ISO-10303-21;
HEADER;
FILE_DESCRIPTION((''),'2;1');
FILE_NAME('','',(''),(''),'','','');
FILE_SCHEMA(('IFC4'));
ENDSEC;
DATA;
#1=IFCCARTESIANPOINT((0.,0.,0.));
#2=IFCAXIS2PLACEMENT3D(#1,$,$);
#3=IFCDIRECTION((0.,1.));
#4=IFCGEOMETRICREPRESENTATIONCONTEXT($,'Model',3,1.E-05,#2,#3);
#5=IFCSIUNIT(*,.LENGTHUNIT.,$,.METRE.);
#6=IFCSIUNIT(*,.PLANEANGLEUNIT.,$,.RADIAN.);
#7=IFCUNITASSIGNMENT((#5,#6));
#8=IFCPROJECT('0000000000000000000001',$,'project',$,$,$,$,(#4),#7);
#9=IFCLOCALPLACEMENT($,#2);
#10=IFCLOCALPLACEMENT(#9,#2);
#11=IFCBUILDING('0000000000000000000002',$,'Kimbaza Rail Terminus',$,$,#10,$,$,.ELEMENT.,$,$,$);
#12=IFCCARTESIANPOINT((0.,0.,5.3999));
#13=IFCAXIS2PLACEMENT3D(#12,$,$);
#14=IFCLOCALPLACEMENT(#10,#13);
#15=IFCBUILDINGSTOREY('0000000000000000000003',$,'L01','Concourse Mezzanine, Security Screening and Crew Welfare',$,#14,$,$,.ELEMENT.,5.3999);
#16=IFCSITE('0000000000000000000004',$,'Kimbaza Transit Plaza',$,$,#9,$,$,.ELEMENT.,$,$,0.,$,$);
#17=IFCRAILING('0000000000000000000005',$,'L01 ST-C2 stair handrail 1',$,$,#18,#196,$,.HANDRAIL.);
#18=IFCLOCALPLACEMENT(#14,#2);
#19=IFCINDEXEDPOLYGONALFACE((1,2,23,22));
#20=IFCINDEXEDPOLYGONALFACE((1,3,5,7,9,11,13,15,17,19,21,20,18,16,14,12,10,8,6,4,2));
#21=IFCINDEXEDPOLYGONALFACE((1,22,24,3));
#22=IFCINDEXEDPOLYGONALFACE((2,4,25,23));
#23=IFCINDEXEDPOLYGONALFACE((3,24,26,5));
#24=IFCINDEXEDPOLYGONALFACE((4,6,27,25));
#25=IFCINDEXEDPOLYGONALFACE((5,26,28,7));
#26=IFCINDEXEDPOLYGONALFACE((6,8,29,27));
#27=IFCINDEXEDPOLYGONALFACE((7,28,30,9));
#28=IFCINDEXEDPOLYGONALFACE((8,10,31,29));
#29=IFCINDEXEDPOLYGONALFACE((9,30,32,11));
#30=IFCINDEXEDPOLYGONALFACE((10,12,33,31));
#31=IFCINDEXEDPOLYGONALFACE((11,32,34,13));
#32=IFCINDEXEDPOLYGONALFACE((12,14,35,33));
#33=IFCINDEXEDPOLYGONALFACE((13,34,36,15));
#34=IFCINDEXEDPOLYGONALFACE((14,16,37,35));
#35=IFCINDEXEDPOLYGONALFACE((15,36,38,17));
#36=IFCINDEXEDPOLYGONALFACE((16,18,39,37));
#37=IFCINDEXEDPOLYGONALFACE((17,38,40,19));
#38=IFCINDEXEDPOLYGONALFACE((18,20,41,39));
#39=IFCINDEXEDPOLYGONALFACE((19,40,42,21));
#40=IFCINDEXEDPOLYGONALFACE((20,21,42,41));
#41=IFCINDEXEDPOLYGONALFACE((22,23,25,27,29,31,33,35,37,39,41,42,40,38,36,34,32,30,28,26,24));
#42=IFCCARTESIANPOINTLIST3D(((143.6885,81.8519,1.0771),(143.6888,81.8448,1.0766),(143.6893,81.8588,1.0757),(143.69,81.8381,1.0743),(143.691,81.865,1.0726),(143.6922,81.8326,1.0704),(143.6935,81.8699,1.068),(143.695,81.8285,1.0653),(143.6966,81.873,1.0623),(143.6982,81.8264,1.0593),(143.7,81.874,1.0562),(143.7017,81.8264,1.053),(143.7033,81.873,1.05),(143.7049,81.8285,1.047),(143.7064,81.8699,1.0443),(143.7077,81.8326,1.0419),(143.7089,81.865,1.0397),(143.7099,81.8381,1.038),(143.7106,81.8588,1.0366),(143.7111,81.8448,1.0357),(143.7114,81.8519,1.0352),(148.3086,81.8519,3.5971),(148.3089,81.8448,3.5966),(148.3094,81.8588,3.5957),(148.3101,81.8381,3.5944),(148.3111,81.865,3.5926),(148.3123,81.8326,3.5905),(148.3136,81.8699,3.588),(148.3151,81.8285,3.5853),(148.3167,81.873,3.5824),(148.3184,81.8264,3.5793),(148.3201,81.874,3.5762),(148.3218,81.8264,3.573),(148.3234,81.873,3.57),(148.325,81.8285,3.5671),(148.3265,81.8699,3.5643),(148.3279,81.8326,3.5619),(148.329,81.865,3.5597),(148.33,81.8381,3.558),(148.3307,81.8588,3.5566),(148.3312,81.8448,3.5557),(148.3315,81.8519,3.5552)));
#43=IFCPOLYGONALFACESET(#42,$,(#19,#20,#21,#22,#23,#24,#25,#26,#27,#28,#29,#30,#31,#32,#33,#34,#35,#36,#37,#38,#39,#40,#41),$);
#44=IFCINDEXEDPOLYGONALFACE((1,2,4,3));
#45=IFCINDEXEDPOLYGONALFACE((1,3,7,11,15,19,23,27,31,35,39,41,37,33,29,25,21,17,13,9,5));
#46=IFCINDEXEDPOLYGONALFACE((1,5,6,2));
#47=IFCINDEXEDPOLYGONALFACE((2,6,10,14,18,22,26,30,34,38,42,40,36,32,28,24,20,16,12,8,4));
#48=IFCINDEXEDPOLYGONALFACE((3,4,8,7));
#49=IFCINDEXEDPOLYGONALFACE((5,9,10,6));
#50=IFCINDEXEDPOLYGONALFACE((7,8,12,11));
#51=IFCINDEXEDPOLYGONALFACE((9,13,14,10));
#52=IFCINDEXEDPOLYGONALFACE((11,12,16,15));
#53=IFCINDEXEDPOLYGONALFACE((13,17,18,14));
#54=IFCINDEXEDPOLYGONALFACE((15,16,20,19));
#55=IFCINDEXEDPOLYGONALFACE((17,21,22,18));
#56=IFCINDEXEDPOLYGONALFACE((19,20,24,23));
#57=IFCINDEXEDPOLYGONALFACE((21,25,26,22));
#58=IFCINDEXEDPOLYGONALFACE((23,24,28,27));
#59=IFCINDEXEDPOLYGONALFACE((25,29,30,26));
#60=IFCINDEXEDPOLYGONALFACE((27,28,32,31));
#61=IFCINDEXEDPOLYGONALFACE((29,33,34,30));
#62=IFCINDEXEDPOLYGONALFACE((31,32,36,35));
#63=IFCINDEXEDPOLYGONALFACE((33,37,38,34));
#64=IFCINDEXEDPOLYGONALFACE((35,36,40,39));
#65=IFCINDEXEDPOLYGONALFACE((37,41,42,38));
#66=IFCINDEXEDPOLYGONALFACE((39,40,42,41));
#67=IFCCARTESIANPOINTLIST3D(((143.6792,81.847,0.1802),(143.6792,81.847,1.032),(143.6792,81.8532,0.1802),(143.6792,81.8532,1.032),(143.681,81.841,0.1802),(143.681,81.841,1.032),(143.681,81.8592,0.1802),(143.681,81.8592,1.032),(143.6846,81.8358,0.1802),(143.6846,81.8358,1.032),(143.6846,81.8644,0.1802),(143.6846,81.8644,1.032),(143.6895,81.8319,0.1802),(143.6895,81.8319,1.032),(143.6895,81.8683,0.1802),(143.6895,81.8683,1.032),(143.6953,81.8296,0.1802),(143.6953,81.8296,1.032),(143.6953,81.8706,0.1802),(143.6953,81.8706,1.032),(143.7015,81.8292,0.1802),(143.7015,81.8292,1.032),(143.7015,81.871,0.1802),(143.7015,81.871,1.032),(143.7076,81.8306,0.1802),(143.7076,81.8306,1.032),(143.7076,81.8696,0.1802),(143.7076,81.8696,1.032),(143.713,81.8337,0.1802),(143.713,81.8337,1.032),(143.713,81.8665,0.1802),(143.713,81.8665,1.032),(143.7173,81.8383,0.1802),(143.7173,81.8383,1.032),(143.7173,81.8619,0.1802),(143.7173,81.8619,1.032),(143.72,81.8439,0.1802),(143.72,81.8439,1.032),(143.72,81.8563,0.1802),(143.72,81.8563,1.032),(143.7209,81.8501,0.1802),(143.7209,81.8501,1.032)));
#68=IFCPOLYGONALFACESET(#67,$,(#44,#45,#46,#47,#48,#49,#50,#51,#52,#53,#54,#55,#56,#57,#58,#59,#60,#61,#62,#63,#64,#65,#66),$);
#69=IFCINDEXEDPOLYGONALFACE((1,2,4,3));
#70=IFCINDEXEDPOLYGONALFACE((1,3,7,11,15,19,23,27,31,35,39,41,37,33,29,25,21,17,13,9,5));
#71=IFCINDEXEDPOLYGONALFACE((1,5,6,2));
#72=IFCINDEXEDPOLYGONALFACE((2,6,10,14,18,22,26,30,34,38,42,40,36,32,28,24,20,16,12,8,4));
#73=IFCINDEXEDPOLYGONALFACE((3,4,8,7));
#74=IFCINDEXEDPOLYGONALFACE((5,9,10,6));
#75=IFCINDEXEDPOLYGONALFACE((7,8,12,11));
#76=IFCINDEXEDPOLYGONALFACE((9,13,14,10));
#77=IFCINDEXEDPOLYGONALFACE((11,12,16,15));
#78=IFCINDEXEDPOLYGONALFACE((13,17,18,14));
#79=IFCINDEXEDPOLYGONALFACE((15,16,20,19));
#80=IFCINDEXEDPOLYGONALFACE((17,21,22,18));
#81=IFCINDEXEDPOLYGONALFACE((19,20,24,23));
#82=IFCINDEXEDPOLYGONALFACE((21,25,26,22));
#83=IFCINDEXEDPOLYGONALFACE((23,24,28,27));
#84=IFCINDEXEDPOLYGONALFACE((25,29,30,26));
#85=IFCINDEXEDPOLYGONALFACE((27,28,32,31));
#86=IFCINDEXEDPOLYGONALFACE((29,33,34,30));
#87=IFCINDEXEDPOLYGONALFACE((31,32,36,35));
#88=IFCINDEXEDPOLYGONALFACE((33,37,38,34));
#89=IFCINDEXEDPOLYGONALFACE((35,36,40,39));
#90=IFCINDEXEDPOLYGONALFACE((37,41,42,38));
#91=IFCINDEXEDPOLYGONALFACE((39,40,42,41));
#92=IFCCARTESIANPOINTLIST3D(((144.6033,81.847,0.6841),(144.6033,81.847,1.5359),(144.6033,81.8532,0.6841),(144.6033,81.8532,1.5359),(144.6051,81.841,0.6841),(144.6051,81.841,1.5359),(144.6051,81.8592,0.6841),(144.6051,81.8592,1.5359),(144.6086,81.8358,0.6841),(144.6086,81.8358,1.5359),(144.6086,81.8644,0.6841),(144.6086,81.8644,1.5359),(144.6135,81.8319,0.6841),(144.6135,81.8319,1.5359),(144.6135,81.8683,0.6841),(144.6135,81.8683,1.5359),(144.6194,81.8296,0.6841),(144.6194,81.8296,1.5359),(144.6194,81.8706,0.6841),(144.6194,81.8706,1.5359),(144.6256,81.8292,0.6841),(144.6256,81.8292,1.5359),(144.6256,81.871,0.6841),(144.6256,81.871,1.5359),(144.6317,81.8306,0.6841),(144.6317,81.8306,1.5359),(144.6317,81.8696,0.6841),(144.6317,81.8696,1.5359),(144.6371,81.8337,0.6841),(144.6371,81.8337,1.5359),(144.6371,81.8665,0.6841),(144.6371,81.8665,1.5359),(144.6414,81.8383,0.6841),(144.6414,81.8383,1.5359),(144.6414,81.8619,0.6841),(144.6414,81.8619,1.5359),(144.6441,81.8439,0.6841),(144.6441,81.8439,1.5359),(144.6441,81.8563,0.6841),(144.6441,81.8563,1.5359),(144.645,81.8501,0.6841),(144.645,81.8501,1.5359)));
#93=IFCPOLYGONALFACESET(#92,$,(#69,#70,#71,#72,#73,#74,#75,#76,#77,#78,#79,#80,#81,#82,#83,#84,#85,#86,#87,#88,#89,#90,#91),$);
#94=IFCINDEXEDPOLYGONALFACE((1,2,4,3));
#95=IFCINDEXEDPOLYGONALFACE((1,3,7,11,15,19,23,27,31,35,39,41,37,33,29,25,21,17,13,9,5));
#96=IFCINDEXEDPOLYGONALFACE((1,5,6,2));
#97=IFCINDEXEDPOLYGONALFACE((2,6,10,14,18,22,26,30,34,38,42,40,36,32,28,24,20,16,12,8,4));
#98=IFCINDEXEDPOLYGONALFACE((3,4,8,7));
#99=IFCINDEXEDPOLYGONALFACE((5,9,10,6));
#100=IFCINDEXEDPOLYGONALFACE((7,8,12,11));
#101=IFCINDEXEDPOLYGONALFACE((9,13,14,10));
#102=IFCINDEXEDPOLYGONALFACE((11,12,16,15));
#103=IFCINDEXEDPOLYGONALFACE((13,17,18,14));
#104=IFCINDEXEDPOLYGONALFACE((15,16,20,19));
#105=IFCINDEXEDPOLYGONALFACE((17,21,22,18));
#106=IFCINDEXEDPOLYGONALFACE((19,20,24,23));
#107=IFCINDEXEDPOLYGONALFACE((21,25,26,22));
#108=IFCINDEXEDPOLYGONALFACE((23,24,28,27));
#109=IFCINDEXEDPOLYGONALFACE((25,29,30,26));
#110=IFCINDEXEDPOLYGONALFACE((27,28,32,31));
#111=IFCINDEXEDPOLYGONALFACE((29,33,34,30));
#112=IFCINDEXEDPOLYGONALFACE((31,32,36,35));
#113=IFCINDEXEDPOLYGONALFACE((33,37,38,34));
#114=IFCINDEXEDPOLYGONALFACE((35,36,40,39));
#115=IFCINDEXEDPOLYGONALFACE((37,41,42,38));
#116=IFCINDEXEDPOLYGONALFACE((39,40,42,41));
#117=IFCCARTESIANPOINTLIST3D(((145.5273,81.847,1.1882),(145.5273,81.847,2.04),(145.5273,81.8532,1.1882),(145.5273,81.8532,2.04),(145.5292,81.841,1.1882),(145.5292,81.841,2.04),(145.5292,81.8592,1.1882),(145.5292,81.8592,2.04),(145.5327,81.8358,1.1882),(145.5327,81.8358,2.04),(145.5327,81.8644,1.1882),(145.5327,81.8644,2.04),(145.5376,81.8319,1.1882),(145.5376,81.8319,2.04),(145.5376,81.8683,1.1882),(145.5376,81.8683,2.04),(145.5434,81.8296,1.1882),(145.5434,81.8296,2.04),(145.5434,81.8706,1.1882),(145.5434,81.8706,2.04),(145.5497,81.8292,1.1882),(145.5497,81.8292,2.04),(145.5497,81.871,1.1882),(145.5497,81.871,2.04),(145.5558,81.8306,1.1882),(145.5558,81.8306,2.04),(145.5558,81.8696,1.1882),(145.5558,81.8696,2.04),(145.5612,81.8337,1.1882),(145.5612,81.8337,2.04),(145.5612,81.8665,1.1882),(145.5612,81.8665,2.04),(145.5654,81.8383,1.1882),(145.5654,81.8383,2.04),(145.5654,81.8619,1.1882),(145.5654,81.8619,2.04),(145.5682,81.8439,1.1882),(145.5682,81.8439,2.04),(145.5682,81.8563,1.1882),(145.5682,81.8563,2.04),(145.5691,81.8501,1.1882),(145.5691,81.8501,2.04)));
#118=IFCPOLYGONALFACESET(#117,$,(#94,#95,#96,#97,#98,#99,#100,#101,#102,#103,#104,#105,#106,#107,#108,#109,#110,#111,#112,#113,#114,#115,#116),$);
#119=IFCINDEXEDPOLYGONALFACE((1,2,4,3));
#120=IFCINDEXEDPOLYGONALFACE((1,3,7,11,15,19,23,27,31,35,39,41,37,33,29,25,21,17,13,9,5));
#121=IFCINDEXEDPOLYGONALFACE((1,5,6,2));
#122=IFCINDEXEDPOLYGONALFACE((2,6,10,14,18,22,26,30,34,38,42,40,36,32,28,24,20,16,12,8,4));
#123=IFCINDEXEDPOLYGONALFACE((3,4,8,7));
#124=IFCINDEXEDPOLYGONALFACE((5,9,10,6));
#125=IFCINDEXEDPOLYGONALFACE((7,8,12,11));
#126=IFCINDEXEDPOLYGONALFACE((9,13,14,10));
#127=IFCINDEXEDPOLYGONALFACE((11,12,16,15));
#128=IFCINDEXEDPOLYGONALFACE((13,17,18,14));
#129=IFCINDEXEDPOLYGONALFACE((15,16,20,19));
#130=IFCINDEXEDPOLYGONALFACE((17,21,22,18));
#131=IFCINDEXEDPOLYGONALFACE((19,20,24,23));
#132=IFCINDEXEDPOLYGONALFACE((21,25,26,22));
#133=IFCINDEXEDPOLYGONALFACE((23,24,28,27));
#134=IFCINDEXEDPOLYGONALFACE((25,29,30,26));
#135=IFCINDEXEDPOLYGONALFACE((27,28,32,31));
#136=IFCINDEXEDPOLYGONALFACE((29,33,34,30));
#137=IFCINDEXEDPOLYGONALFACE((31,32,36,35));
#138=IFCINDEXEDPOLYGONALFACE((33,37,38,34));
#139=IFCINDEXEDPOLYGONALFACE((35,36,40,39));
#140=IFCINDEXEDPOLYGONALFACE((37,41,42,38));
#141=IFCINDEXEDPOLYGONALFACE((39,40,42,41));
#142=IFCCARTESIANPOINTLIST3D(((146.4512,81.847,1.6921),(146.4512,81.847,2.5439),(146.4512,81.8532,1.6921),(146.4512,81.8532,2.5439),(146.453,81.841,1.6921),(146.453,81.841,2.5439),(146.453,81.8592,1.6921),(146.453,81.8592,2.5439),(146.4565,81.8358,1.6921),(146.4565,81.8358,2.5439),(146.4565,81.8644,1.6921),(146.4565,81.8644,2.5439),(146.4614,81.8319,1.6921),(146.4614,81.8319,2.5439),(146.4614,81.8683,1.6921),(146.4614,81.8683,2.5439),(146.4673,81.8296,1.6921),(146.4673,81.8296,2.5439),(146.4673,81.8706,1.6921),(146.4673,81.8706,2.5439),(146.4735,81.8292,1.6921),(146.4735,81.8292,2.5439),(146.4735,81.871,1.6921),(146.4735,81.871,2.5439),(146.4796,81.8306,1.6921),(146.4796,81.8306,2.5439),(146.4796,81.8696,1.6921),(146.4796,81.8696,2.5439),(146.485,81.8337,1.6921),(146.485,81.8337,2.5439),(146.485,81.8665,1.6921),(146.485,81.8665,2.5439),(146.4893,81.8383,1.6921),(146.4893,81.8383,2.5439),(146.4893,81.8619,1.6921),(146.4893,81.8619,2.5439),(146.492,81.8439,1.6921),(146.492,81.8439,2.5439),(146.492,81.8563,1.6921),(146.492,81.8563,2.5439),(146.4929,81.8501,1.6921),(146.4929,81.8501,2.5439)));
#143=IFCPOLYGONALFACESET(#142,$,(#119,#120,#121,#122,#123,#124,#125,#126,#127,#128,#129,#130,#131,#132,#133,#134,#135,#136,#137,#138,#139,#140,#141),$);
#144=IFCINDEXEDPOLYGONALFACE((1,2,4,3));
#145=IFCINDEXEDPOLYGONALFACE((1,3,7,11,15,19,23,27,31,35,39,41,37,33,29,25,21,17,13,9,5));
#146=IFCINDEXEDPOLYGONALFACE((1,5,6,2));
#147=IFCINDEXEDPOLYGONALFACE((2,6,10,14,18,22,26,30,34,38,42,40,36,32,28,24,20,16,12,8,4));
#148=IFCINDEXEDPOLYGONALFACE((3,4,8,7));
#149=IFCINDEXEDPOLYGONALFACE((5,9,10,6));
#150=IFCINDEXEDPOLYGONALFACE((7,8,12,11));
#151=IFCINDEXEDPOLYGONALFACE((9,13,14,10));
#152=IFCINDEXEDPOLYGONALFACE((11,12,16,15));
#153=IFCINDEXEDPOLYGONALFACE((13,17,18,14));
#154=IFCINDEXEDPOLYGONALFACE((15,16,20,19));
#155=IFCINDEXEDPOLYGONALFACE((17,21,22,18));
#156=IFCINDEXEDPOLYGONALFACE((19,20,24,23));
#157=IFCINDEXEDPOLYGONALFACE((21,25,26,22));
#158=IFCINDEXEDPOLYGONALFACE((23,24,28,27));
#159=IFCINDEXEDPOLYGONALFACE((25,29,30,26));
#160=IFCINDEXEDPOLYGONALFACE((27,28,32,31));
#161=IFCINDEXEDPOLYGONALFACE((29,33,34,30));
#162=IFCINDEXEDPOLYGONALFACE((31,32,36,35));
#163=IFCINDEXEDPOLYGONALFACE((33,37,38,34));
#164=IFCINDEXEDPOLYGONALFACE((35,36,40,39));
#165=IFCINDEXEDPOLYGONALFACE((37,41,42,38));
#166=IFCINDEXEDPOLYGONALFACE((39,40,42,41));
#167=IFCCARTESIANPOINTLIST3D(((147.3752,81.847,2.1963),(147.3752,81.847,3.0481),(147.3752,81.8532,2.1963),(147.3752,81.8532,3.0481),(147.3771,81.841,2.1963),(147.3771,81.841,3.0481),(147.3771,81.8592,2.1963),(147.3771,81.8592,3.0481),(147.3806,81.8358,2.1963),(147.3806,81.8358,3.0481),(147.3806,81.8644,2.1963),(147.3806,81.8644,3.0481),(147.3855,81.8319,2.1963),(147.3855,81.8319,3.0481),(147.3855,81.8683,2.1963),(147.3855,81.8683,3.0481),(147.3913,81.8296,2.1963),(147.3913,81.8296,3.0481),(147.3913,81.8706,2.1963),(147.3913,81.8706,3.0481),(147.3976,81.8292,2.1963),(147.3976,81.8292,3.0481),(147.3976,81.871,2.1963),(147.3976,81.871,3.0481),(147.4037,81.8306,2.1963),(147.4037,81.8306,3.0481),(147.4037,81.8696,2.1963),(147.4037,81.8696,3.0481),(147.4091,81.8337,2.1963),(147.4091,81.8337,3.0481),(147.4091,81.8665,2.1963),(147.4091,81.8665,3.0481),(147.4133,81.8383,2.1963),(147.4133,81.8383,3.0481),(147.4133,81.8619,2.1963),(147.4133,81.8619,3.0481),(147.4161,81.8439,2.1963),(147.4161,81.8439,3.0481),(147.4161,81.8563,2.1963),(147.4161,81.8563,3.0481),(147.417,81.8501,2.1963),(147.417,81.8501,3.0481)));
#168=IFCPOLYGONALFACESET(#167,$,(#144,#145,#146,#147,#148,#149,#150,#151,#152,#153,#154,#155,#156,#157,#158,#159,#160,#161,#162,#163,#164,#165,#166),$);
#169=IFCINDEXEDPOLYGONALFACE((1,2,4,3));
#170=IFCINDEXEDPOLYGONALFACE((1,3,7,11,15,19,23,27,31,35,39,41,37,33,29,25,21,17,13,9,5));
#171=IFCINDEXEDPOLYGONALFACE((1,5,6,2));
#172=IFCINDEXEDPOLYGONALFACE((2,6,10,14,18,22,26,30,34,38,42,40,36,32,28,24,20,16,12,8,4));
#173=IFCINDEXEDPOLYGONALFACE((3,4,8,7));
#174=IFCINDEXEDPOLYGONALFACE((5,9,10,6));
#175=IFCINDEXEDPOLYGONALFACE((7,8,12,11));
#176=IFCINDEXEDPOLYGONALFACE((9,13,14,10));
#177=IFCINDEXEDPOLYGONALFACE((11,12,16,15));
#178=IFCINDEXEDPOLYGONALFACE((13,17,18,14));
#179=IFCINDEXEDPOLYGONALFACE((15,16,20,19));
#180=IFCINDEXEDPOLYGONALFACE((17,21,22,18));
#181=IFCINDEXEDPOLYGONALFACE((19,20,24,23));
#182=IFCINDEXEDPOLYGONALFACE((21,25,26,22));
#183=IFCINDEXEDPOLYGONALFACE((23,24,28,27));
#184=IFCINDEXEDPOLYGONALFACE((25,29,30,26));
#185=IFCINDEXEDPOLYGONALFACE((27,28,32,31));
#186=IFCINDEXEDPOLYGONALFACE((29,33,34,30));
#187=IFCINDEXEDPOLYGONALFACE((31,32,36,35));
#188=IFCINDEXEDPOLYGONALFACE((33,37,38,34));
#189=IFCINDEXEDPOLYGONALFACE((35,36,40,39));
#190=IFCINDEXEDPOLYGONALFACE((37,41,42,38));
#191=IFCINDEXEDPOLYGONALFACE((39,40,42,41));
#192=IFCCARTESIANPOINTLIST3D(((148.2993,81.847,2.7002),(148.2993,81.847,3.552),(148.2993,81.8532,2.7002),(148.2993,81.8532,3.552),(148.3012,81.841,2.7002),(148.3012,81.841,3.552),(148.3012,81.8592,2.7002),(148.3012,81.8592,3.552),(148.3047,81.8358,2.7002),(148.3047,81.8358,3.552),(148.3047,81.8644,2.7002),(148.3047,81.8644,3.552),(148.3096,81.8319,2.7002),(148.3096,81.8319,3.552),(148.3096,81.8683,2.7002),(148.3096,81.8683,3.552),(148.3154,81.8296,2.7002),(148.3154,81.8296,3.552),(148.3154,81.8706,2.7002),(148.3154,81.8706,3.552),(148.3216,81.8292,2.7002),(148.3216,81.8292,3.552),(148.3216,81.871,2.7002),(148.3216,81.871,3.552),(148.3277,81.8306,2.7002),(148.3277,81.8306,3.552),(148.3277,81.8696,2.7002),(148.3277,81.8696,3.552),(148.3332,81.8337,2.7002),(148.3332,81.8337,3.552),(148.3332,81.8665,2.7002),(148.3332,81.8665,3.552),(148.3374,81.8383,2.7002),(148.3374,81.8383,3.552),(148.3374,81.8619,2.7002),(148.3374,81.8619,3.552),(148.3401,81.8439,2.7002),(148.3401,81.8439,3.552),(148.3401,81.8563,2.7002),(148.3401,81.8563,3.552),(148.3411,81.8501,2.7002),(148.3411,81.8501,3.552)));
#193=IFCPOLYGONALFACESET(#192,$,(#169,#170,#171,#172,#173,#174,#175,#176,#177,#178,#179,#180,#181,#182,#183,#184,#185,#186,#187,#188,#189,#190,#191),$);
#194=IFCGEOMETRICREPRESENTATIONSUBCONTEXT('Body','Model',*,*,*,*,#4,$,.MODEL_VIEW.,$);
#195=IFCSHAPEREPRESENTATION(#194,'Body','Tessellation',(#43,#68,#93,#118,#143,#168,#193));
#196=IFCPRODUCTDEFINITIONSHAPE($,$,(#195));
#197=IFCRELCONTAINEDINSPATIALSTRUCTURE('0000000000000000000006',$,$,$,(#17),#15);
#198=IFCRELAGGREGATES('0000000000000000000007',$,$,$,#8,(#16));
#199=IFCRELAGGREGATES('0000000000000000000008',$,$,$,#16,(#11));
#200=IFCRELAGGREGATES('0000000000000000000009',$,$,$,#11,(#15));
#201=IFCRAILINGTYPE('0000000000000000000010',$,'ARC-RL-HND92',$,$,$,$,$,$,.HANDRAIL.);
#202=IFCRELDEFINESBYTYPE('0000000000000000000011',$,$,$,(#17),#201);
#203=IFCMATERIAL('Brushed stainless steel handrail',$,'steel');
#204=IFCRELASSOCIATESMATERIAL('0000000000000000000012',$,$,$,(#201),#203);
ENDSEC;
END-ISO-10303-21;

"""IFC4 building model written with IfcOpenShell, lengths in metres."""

from ifc_helpers import new_model, si_unit, direction, frame, origin, origin_2d, place, context, subcontext, project, spatial, circle, extrude, material, type_object, element, save


model = new_model("IFC4")

# Units and contexts
model_context = context("Model", 3, precision=1e-05, world=origin(), true_north=direction((0.0, 1.0)))
body_context = subcontext(model_context, "Body", "Model", "MODEL_VIEW")
ifc_project = project(units=[si_unit("LENGTHUNIT", "METRE"), si_unit("PLANEANGLEUNIT", "RADIAN")], contexts=[model_context])

# Site, building, storey
site_placement = place(None, origin())
site = spatial("IfcSite", under=ifc_project, at=site_placement, Name="Kimbaza Transit Plaza", CompositionType="ELEMENT", RefElevation=0.0)
building_placement = place(site_placement, origin())
building = spatial("IfcBuilding", under=site, at=building_placement, Name="Kimbaza Rail Terminus", CompositionType="ELEMENT")
storey_placement = place(building_placement, frame((0.0, 0.0, 5.3999)))
storey = spatial("IfcBuildingStorey", under=building, at=storey_placement, Name="L01", Description="Concourse Mezzanine, Security Screening and Crew Welfare", CompositionType="ELEMENT", Elevation=5.3999)

# Railing
ifc_material_1 = material(Name="Brushed stainless steel handrail", Category="steel")
railing_type_1 = type_object("IfcRailingType", Name="ARC-RL-HND92", PredefinedType="HANDRAIL", material=ifc_material_1)
railing_1_placement = place(storey_placement, frame((143.7, 81.8501, 0.1802)))
element("IfcRailing", 1, at=railing_1_placement, inside=storey, type_object=railing_type_1, Name="L01 ST-C2 stair handrail 1", PredefinedType="HANDRAIL", context=body_context, shape_type="SweptSolid", body=[
    extrude(circle(Radius=0.0239, at=origin_2d()), frame((0.0, 0.0, 0.876), z_axis=(0.877899, 0.0, 0.478846), x_axis=(0.0, 1.0, 0.0)), (0.0, 0.0, 1.0), 5.2627),
    extrude(circle(Radius=0.021, at=origin_2d()), origin(), (0.0, 0.0, 1.0), 0.8518),
    extrude(circle(Radius=0.021, at=origin_2d()), frame((0.9241, 0.0, 0.5039)), (0.0, 0.0, 1.0), 0.8518),
    extrude(circle(Radius=0.021, at=origin_2d()), frame((1.8481, 0.0, 1.0081)), (0.0, 0.0, 1.0), 0.8518),
    extrude(circle(Radius=0.021, at=origin_2d()), frame((2.772, 0.0, 1.512)), (0.0, 0.0, 1.0), 0.8518),
    extrude(circle(Radius=0.021, at=origin_2d()), frame((3.696, 0.0, 2.0161)), (0.0, 0.0, 1.0), 0.8518),
    extrude(circle(Radius=0.021, at=origin_2d()), frame((4.6201, 0.0, 2.52)), (0.0, 0.0, 1.0), 0.8518),
])

save(model, "model.ifc")
